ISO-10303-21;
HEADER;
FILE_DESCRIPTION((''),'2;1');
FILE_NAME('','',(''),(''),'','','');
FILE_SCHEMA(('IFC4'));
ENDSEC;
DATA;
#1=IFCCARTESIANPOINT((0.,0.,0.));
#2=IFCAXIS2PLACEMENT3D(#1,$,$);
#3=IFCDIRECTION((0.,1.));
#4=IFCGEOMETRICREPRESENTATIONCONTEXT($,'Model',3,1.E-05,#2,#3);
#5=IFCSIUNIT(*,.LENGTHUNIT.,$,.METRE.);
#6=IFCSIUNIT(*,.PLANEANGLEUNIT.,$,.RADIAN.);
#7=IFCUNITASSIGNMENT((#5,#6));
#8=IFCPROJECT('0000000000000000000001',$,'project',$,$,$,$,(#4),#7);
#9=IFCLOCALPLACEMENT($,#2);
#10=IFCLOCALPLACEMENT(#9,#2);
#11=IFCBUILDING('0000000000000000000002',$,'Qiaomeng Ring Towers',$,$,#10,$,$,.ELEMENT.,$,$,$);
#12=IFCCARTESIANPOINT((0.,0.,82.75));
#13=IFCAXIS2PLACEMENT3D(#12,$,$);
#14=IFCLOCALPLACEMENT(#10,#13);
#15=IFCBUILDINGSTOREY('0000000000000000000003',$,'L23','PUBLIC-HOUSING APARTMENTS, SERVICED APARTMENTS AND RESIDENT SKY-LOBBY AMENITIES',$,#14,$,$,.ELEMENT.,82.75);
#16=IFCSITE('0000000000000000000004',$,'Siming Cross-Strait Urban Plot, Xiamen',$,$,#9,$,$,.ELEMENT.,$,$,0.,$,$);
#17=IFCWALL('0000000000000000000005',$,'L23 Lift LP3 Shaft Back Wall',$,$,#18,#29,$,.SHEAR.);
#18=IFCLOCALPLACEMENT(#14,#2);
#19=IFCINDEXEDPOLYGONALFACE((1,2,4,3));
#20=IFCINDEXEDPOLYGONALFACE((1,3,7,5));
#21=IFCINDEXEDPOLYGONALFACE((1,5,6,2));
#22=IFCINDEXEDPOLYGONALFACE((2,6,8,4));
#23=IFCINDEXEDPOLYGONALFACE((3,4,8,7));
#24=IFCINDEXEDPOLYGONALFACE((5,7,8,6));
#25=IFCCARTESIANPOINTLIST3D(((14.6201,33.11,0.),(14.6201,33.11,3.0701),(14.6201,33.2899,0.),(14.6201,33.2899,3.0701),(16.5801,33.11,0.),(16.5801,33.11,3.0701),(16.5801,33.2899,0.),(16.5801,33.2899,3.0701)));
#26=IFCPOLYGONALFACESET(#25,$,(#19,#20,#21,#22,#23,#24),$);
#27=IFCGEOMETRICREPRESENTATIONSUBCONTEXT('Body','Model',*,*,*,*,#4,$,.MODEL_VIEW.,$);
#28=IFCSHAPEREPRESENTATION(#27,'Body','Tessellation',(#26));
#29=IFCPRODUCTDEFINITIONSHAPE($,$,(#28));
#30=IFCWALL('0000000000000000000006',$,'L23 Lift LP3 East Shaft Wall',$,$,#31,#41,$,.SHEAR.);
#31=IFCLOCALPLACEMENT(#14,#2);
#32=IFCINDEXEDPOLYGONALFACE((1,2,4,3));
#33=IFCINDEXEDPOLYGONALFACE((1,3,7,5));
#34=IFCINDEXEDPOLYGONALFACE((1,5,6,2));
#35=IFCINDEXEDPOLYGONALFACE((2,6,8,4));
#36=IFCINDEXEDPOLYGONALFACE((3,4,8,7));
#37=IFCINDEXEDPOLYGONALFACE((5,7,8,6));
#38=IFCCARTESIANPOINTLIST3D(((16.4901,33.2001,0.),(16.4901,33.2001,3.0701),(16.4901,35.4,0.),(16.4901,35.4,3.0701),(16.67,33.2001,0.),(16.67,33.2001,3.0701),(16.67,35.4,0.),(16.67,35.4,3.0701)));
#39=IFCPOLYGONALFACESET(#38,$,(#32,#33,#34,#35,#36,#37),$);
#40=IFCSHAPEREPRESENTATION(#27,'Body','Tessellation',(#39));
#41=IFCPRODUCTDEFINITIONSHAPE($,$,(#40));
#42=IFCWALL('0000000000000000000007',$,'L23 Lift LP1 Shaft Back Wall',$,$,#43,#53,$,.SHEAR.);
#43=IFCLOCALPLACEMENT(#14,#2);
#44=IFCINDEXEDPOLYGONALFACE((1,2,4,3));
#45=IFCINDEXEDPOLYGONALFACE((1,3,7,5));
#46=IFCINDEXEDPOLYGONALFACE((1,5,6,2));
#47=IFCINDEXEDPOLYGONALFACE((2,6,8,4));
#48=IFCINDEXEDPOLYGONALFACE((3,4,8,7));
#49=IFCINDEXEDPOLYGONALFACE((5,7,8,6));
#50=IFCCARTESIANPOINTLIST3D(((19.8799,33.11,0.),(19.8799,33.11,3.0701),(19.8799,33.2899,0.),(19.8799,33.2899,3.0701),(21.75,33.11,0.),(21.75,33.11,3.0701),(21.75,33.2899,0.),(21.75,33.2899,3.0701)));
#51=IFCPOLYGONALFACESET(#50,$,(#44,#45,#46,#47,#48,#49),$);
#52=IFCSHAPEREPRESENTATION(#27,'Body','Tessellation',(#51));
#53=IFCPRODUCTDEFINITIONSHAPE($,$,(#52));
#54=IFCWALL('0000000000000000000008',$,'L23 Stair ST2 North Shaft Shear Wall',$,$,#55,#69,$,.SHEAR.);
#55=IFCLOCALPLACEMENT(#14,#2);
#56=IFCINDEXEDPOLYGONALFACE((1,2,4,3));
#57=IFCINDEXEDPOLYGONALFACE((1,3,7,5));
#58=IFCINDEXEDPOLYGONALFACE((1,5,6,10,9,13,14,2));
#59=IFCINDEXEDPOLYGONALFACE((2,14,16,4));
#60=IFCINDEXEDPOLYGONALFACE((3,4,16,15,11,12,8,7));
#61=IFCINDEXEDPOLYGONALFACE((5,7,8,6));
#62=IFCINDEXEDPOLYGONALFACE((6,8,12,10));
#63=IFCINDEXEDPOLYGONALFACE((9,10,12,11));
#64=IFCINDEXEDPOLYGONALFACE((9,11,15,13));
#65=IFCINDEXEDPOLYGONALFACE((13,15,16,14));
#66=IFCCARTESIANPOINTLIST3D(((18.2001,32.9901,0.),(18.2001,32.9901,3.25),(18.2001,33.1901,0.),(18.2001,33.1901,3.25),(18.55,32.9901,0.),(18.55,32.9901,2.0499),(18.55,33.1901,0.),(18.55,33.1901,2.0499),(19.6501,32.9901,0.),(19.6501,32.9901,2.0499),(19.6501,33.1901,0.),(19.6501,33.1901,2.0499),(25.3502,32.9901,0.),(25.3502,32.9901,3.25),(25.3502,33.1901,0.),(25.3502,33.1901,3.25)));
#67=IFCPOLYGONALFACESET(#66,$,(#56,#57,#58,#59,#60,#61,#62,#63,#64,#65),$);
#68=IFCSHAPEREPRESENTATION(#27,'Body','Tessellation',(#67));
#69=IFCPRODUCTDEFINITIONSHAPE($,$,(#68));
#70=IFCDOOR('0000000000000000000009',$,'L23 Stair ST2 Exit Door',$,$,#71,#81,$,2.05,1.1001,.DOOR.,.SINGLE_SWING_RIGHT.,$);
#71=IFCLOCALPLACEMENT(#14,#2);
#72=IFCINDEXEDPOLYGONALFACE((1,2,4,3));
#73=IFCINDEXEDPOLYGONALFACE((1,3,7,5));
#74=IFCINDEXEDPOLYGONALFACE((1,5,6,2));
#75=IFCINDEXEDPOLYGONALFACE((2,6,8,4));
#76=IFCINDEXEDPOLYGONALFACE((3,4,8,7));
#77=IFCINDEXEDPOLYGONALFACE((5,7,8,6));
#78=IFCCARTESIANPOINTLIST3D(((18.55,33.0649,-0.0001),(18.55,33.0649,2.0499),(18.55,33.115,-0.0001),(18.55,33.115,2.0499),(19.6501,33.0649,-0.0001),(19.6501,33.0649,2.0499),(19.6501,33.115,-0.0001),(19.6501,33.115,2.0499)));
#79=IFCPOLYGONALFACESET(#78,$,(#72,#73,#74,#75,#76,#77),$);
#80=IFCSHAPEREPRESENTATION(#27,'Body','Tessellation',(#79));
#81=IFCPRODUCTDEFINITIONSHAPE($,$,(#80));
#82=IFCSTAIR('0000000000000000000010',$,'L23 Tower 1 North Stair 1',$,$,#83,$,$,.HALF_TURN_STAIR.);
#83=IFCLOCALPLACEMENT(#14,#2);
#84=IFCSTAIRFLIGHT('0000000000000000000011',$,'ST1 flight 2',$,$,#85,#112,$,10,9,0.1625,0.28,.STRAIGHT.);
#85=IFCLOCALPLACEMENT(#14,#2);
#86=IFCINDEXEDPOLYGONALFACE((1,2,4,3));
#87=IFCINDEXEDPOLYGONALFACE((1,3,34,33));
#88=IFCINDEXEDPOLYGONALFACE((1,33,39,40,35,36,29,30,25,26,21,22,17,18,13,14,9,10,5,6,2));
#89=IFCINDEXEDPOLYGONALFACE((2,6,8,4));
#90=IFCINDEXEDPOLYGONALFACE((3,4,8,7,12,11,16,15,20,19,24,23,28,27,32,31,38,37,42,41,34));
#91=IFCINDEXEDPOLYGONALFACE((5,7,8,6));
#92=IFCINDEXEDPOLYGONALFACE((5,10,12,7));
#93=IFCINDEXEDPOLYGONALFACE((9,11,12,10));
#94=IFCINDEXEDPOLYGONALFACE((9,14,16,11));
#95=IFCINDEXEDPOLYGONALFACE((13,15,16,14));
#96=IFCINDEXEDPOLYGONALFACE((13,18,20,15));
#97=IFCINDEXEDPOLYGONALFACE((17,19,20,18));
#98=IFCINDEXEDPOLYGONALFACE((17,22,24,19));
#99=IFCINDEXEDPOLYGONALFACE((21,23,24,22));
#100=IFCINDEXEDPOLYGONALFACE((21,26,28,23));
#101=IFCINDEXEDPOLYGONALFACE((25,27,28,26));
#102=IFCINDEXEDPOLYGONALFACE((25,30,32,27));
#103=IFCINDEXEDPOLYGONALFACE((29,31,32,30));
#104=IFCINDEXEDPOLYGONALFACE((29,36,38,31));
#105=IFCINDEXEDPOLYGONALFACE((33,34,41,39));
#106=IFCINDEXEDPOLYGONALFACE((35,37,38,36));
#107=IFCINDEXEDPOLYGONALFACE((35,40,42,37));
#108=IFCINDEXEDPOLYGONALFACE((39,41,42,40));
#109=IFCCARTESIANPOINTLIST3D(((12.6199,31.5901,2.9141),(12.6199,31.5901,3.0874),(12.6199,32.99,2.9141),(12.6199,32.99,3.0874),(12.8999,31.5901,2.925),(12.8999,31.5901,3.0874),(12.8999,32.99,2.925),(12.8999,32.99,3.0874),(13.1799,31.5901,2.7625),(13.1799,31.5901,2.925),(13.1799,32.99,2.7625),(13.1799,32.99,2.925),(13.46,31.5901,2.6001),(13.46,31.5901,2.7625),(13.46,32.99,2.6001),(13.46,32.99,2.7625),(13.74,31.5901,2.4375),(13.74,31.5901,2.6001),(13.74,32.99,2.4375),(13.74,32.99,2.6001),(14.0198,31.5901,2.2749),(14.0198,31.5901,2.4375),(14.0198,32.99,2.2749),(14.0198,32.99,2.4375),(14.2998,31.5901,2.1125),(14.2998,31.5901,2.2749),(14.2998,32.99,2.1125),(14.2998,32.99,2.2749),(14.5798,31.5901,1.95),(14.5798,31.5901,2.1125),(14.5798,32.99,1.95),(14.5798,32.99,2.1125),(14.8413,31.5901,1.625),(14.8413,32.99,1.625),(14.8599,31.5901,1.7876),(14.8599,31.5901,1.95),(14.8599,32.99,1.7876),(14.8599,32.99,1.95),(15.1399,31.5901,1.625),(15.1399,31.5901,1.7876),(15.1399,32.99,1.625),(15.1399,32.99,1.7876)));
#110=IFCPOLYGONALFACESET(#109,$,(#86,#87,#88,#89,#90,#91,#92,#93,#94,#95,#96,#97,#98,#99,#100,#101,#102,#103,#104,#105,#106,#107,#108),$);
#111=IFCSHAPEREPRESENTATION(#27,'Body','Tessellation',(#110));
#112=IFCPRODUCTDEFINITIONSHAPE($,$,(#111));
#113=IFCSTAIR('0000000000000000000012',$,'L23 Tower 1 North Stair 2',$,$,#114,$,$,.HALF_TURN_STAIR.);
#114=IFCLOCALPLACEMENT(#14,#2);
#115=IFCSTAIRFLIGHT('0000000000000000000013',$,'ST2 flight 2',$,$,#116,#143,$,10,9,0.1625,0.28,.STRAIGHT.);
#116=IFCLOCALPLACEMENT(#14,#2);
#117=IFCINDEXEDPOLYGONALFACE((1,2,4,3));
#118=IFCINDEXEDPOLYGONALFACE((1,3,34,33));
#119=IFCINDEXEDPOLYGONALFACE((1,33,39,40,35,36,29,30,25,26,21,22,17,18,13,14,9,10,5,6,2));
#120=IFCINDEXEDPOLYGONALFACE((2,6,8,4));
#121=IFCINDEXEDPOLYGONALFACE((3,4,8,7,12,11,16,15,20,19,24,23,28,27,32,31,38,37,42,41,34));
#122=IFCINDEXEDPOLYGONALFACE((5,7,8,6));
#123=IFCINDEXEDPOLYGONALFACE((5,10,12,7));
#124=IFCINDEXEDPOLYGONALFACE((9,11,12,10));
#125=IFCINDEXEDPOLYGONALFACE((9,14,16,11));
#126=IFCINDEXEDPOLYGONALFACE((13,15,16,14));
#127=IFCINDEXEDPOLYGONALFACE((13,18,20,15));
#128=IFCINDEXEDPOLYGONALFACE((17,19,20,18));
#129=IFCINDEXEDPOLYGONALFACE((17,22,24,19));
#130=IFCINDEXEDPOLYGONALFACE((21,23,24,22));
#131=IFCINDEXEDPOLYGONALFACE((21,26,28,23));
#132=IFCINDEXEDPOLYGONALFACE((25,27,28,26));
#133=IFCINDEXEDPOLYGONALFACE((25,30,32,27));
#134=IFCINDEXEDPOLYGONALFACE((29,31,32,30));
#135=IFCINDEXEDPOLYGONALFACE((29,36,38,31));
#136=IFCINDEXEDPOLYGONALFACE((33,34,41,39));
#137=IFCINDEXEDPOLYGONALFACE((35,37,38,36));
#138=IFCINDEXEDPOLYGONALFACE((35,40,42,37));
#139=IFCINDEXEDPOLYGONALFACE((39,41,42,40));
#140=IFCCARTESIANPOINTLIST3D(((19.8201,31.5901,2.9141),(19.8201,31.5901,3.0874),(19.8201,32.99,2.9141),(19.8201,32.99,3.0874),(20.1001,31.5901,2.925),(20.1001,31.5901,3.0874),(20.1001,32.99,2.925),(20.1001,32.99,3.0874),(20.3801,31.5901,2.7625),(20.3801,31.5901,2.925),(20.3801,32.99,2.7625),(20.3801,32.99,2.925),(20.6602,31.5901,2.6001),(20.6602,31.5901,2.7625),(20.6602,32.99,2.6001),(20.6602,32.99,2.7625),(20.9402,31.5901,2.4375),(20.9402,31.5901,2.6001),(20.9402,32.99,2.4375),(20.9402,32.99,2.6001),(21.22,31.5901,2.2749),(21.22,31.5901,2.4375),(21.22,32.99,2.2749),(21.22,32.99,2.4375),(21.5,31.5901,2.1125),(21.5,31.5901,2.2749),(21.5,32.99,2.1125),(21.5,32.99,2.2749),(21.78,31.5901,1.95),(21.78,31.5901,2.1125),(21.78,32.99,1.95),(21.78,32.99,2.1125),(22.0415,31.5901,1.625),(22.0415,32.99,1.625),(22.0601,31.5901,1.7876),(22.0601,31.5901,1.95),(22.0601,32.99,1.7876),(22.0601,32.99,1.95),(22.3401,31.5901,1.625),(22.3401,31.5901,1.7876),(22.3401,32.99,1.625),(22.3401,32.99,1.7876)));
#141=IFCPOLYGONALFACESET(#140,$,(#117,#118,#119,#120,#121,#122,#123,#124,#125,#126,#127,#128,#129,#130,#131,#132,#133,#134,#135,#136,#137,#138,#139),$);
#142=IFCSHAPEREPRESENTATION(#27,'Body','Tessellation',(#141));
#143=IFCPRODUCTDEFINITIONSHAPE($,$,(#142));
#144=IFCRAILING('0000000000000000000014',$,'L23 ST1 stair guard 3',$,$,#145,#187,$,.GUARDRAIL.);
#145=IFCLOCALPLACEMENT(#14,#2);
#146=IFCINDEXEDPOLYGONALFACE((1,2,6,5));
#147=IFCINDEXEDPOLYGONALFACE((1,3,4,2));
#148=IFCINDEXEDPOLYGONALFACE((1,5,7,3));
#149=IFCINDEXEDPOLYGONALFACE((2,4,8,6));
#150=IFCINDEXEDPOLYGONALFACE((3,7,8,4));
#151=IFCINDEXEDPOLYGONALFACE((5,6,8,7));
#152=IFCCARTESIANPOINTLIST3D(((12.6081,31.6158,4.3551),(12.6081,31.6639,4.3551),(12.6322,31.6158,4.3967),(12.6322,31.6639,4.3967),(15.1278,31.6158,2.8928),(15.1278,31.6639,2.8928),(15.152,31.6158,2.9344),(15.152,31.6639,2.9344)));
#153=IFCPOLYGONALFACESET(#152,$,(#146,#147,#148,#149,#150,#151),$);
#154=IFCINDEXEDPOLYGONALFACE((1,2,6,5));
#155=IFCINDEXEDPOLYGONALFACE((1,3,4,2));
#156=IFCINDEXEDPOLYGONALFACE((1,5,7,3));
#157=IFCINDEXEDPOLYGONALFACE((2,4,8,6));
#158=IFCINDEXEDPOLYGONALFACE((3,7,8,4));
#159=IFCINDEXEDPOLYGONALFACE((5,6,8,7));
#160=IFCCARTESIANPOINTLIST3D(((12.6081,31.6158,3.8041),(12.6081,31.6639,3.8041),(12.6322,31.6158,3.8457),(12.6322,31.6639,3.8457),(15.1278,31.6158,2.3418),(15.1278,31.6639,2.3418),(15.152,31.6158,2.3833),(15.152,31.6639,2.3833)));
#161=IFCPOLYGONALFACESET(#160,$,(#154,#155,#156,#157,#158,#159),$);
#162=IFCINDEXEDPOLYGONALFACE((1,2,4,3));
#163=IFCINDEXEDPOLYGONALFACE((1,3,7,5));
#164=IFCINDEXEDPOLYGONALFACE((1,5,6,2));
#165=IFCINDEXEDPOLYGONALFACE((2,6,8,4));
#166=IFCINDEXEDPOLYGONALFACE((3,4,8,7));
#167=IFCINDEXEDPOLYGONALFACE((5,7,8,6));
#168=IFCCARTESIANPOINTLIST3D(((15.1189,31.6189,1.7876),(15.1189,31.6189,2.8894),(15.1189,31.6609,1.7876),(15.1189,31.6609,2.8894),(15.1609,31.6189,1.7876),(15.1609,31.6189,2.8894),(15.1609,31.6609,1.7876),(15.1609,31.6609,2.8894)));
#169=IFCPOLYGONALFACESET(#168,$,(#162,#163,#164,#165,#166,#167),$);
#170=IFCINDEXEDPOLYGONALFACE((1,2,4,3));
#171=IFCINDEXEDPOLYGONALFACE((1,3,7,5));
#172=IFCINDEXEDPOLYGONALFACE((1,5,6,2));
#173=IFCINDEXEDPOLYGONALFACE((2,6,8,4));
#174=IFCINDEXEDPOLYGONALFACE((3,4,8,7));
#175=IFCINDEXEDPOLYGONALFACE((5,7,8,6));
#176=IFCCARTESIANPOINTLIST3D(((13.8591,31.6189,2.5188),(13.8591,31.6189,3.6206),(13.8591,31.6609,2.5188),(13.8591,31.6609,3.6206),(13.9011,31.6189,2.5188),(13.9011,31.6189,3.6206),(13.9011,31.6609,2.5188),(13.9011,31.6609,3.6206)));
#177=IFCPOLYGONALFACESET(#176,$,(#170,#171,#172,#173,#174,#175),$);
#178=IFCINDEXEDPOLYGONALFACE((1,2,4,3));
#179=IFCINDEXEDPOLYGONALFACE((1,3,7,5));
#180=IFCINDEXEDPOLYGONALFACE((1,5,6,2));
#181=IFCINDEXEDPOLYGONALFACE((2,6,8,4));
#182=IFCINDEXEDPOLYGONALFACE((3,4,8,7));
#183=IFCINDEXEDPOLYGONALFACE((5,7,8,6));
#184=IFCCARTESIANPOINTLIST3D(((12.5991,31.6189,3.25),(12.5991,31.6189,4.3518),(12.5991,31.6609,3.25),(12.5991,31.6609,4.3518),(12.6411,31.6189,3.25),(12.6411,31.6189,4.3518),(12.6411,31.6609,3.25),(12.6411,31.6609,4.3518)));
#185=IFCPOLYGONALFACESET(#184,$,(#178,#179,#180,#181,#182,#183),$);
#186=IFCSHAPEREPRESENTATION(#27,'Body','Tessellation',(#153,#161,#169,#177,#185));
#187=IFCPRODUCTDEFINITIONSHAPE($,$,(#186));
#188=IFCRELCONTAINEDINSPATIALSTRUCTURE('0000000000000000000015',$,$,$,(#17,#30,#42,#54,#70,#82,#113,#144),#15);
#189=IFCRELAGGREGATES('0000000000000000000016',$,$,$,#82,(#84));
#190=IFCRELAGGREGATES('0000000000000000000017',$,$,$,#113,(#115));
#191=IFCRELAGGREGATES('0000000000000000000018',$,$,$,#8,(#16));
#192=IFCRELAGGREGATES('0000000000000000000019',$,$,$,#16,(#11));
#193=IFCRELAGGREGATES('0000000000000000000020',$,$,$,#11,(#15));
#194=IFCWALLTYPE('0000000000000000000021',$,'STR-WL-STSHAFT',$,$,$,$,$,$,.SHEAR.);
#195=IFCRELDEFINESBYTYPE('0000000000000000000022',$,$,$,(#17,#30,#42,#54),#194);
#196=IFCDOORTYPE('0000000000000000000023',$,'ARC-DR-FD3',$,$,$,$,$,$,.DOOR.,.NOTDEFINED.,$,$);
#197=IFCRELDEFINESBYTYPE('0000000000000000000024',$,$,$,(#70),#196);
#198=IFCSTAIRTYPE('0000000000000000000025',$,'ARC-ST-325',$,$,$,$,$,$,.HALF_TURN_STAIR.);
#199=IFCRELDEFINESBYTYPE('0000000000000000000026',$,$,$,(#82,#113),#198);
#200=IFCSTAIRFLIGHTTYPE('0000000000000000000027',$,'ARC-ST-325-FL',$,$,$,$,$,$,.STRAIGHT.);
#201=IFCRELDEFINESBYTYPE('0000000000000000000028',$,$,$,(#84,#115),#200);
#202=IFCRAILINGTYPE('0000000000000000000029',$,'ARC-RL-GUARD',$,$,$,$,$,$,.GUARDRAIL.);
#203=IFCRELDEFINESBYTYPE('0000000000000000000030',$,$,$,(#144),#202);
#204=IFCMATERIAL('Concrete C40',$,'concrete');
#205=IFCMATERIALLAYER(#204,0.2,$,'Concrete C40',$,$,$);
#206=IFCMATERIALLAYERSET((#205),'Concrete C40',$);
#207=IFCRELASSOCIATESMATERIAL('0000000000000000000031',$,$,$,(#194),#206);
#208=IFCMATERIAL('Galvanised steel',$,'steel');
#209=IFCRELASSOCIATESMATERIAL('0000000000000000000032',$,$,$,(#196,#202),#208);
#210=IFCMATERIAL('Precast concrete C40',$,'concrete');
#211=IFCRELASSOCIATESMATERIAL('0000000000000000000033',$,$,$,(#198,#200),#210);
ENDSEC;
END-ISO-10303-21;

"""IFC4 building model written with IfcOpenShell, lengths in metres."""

from ifc_helpers import new_model, si_unit, direction, frame, frame_2d, origin, origin_2d, place, context, subcontext, project, spatial, polyline, rectangle, outline, extrude, source, transform, mapped, material, layer, layer_set, type_object, element, fill, aggregate, save


model = new_model("IFC4")

# Units and contexts
model_context = context("Model", 3, precision=1e-05, world=origin(), true_north=direction((0.0, 1.0)))
body_context = subcontext(model_context, "Body", "Model", "MODEL_VIEW")
ifc_project = project(units=[si_unit("LENGTHUNIT", "METRE"), si_unit("PLANEANGLEUNIT", "RADIAN")], contexts=[model_context])

# Site, building, storey
site_placement = place(None, origin())
site = spatial("IfcSite", under=ifc_project, at=site_placement, Name="Siming Cross-Strait Urban Plot, Xiamen", CompositionType="ELEMENT", RefElevation=0.0)
building_placement = place(site_placement, origin())
building = spatial("IfcBuilding", under=site, at=building_placement, Name="Qiaomeng Ring Towers", CompositionType="ELEMENT")
storey_placement = place(building_placement, frame((0.0, 0.0, 82.75)))
storey = spatial("IfcBuildingStorey", under=building, at=storey_placement, Name="L23", Description="PUBLIC-HOUSING APARTMENTS, SERVICED APARTMENTS AND RESIDENT SKY-LOBBY AMENITIES", CompositionType="ELEMENT", Elevation=82.75)

# Walls
ifc_material_1 = material(Name="Concrete C40", Category="concrete")
ifc_layer_1 = layer(ifc_material_1, 0.2, Name="Concrete C40")
ifc_layer_set_1 = layer_set([ifc_layer_1], Name="Concrete C40")
wall_type_1 = type_object("IfcWallType", Name="STR-WL-STSHAFT", PredefinedType="SHEAR", material=ifc_layer_set_1)
wall_1_placement = place(storey_placement, frame((14.6201, 33.2, 0.0), z_axis=(0.0, 0.0, 1.0), x_axis=(1.0, 0.0, 0.0)))
element("IfcWall", 1, at=wall_1_placement, inside=storey, type_object=wall_type_1, Name="L23 Lift LP3 Shaft Back Wall", PredefinedType="SHEAR", context=body_context, shape_type="SweptSolid", body=[
    extrude(rectangle(XDim=1.96, YDim=0.1799, at=frame_2d((0.98, 0.0))), origin(), (0.0, 0.0, 1.0), 3.0701),
])
wall_2_placement = place(storey_placement, frame((16.5801, 33.2, 0.0), z_axis=(0.0, 0.0, 1.0), x_axis=(0.0, 1.0, 0.0)))
element("IfcWall", 2, at=wall_2_placement, inside=storey, type_object=wall_type_1, Name="L23 Lift LP3 East Shaft Wall", PredefinedType="SHEAR", context=body_context, shape_type="SweptSolid", body=[
    extrude(rectangle(XDim=2.2, YDim=0.1799, at=frame_2d((1.1001, 0.0))), origin(), (0.0, 0.0, 1.0), 3.0701),
])
wall_3_placement = place(storey_placement, frame((19.8799, 33.2, 0.0), z_axis=(0.0, 0.0, 1.0), x_axis=(1.0, 0.0, 0.0)))
element("IfcWall", 3, at=wall_3_placement, inside=storey, type_object=wall_type_1, Name="L23 Lift LP1 Shaft Back Wall", PredefinedType="SHEAR", context=body_context, shape_type="SweptSolid", body=[
    extrude(rectangle(XDim=1.8701, YDim=0.1799, at=frame_2d((0.9351, 0.0))), origin(), (0.0, 0.0, 1.0), 3.0701),
])

# Wall, opening, door
wall_4_placement = place(storey_placement, frame((18.2, 33.0901, 0.0), z_axis=(0.0, 0.0, 1.0), x_axis=(1.0, 0.0, 0.0)))
wall_4 = element("IfcWall", 4, at=wall_4_placement, inside=storey, type_object=wall_type_1, Name="L23 Stair ST2 North Shaft Shear Wall", PredefinedType="SHEAR", context=body_context, shape_type="SweptSolid", body=[
    extrude(rectangle(XDim=7.1501, YDim=0.2, at=frame_2d((3.5752, 0.0))), origin(), (0.0, 0.0, 1.0), 3.25),
])
opening_placement = place(wall_4_placement, frame((0.3501, 0.0, 0.0)))
opening = element("IfcOpeningElement", 5, at=opening_placement, cuts=wall_4, PredefinedType="OPENING", context=body_context, shape_type="SweptSolid", body=[
    extrude(rectangle(XDim=1.1001, YDim=2.05, at=frame_2d((0.55, 1.0249))), frame((0.0, 0.1099, 0.0), z_axis=(0.0, -1.0, 0.0), x_axis=(1.0, 0.0, 0.0)), (0.0, 0.0, 1.0), 0.22),
])
ifc_material_2 = material(Name="Galvanised steel", Category="steel")
door_type = type_object("IfcDoorType", Name="ARC-DR-FD3", OperationType="NOTDEFINED", PredefinedType="DOOR", material=ifc_material_2)
shared_shape_1 = source(origin(), body_context, "Body", "SweptSolid", [
    extrude(rectangle(XDim=1.1001, YDim=2.05, at=frame_2d((0.55, 1.0249))), frame((0.0, 0.0249, 0.0), z_axis=(0.0, -1.0, 0.0), x_axis=(1.0, 0.0, 0.0)), (0.0, 0.0, 1.0), 0.05),
])
door_placement = place(opening_placement, origin())
door = element("IfcDoor", 6, at=door_placement, inside=storey, type_object=door_type, Name="L23 Stair ST2 Exit Door", OperationType="SINGLE_SWING_RIGHT", OverallHeight=2.05, OverallWidth=1.1001, PredefinedType="DOOR", context=body_context, shape_type="MappedRepresentation", body=[
    mapped(shared_shape_1, transform((0.0, 0.0, 0.0), x_axis=(1.0, 0.0, 0.0), y_axis=(0.0, 1.0, 0.0), z_axis=(0.0, 0.0, 1.0), scale=1.0)),
])
fill(opening, door)

# Stairs, stair flights
ifc_material_3 = material(Name="Precast concrete C40", Category="concrete")
stair_type = type_object("IfcStairType", Name="ARC-ST-325", PredefinedType="HALF_TURN_STAIR", material=ifc_material_3)
stair_1_placement = place(storey_placement, origin())
stair_1 = element("IfcStair", 7, at=stair_1_placement, inside=storey, type_object=stair_type, Name="L23 Tower 1 North Stair 1", PredefinedType="HALF_TURN_STAIR")
stair_flight_type = type_object("IfcStairFlightType", Name="ARC-ST-325-FL", PredefinedType="STRAIGHT", material=ifc_material_3)
shared_shape_2 = source(origin(), body_context, "Body", "SweptSolid", [
    extrude(outline(polyline([(0.0, 0.0), (0.0, 0.1626), (0.28, 0.1626), (0.28, 0.325), (0.5601, 0.325), (0.5601, 0.4875), (0.8401, 0.4875), (0.8401, 0.6499), (1.1201, 0.6499), (1.1201, 0.8125), (1.3999, 0.8125), (1.3999, 0.9751), (1.6799, 0.9751), (1.6799, 1.1375), (1.96, 1.1375), (1.96, 1.3), (2.24, 1.3), (2.24, 1.4624), (2.52, 1.4624), (2.52, 1.625), (2.52, 1.2891), (0.2986, 0.0), (0.0, 0.0)])), frame((0.0, 0.7, 0.0), z_axis=(0.0, -1.0, 0.0), x_axis=(1.0, 0.0, 0.0)), (0.0, 0.0, 1.0), 1.3999),
])
stair_flight_1_placement = place(storey_placement, frame((15.1399, 32.29, 1.625), z_axis=(0.0, 0.0, 1.0), x_axis=(-1.0, 0.0, 0.0)))
stair_flight_1 = element("IfcStairFlight", 8, at=stair_flight_1_placement, type_object=stair_flight_type, Name="ST1 flight 2", NumberOfRisers=10, NumberOfTreads=9, PredefinedType="STRAIGHT", RiserHeight=0.1625, TreadLength=0.28, context=body_context, shape_type="MappedRepresentation", body=[
    mapped(shared_shape_2, transform((0.0, 0.0, 0.0), x_axis=(1.0, 0.0, 0.0), y_axis=(0.0, 1.0, 0.0), z_axis=(0.0, 0.0, 1.0), scale=1.0)),
])
aggregate(stair_1, [stair_flight_1])
stair_2_placement = place(storey_placement, origin())
stair_2 = element("IfcStair", 9, at=stair_2_placement, inside=storey, type_object=stair_type, Name="L23 Tower 1 North Stair 2", PredefinedType="HALF_TURN_STAIR")
stair_flight_2_placement = place(storey_placement, frame((22.3401, 32.29, 1.625), z_axis=(0.0, 0.0, 1.0), x_axis=(-1.0, 0.0, 0.0)))
stair_flight_2 = element("IfcStairFlight", 10, at=stair_flight_2_placement, type_object=stair_flight_type, Name="ST2 flight 2", NumberOfRisers=10, NumberOfTreads=9, PredefinedType="STRAIGHT", RiserHeight=0.1625, TreadLength=0.28, context=body_context, shape_type="MappedRepresentation", body=[
    mapped(shared_shape_2, transform((0.0, 0.0, 0.0), x_axis=(1.0, 0.0, 0.0), y_axis=(0.0, 1.0, 0.0), z_axis=(0.0, 0.0, 1.0), scale=1.0)),
])
aggregate(stair_2, [stair_flight_2])

# Railing
railing_type_1 = type_object("IfcRailingType", Name="ARC-RL-GUARD", PredefinedType="GUARDRAIL", material=ifc_material_2)
railing_1_placement = place(storey_placement, frame((15.1399, 31.6399, 1.7876)))
element("IfcRailing", 11, at=railing_1_placement, inside=storey, type_object=railing_type_1, Name="L23 ST1 stair guard 3", PredefinedType="GUARDRAIL", context=body_context, shape_type="SweptSolid", body=[
    extrude(rectangle(XDim=0.0481, YDim=0.0481, at=origin_2d()), frame((0.0, 0.0, 1.126), z_axis=(-0.864892, 0.0, 0.501958), x_axis=(0.0, -1.0, 0.0)), (0.0, 0.0, 1.0), 2.9133),
    extrude(rectangle(XDim=0.0481, YDim=0.0481, at=origin_2d()), frame((0.0, 0.0, 0.575), z_axis=(-0.864892, 0.0, 0.501958), x_axis=(0.0, -1.0, 0.0)), (0.0, 0.0, 1.0), 2.9133),
    extrude(rectangle(XDim=0.042, YDim=0.042, at=origin_2d()), origin(), (0.0, 0.0, 1.0), 1.1018),
    extrude(rectangle(XDim=0.042, YDim=0.042, at=origin_2d()), frame((-1.2598, 0.0, 0.7312)), (0.0, 0.0, 1.0), 1.1018),
    extrude(rectangle(XDim=0.042, YDim=0.042, at=origin_2d()), frame((-2.5198, 0.0, 1.4624)), (0.0, 0.0, 1.0), 1.1018),
])

save(model, "model.ifc")
